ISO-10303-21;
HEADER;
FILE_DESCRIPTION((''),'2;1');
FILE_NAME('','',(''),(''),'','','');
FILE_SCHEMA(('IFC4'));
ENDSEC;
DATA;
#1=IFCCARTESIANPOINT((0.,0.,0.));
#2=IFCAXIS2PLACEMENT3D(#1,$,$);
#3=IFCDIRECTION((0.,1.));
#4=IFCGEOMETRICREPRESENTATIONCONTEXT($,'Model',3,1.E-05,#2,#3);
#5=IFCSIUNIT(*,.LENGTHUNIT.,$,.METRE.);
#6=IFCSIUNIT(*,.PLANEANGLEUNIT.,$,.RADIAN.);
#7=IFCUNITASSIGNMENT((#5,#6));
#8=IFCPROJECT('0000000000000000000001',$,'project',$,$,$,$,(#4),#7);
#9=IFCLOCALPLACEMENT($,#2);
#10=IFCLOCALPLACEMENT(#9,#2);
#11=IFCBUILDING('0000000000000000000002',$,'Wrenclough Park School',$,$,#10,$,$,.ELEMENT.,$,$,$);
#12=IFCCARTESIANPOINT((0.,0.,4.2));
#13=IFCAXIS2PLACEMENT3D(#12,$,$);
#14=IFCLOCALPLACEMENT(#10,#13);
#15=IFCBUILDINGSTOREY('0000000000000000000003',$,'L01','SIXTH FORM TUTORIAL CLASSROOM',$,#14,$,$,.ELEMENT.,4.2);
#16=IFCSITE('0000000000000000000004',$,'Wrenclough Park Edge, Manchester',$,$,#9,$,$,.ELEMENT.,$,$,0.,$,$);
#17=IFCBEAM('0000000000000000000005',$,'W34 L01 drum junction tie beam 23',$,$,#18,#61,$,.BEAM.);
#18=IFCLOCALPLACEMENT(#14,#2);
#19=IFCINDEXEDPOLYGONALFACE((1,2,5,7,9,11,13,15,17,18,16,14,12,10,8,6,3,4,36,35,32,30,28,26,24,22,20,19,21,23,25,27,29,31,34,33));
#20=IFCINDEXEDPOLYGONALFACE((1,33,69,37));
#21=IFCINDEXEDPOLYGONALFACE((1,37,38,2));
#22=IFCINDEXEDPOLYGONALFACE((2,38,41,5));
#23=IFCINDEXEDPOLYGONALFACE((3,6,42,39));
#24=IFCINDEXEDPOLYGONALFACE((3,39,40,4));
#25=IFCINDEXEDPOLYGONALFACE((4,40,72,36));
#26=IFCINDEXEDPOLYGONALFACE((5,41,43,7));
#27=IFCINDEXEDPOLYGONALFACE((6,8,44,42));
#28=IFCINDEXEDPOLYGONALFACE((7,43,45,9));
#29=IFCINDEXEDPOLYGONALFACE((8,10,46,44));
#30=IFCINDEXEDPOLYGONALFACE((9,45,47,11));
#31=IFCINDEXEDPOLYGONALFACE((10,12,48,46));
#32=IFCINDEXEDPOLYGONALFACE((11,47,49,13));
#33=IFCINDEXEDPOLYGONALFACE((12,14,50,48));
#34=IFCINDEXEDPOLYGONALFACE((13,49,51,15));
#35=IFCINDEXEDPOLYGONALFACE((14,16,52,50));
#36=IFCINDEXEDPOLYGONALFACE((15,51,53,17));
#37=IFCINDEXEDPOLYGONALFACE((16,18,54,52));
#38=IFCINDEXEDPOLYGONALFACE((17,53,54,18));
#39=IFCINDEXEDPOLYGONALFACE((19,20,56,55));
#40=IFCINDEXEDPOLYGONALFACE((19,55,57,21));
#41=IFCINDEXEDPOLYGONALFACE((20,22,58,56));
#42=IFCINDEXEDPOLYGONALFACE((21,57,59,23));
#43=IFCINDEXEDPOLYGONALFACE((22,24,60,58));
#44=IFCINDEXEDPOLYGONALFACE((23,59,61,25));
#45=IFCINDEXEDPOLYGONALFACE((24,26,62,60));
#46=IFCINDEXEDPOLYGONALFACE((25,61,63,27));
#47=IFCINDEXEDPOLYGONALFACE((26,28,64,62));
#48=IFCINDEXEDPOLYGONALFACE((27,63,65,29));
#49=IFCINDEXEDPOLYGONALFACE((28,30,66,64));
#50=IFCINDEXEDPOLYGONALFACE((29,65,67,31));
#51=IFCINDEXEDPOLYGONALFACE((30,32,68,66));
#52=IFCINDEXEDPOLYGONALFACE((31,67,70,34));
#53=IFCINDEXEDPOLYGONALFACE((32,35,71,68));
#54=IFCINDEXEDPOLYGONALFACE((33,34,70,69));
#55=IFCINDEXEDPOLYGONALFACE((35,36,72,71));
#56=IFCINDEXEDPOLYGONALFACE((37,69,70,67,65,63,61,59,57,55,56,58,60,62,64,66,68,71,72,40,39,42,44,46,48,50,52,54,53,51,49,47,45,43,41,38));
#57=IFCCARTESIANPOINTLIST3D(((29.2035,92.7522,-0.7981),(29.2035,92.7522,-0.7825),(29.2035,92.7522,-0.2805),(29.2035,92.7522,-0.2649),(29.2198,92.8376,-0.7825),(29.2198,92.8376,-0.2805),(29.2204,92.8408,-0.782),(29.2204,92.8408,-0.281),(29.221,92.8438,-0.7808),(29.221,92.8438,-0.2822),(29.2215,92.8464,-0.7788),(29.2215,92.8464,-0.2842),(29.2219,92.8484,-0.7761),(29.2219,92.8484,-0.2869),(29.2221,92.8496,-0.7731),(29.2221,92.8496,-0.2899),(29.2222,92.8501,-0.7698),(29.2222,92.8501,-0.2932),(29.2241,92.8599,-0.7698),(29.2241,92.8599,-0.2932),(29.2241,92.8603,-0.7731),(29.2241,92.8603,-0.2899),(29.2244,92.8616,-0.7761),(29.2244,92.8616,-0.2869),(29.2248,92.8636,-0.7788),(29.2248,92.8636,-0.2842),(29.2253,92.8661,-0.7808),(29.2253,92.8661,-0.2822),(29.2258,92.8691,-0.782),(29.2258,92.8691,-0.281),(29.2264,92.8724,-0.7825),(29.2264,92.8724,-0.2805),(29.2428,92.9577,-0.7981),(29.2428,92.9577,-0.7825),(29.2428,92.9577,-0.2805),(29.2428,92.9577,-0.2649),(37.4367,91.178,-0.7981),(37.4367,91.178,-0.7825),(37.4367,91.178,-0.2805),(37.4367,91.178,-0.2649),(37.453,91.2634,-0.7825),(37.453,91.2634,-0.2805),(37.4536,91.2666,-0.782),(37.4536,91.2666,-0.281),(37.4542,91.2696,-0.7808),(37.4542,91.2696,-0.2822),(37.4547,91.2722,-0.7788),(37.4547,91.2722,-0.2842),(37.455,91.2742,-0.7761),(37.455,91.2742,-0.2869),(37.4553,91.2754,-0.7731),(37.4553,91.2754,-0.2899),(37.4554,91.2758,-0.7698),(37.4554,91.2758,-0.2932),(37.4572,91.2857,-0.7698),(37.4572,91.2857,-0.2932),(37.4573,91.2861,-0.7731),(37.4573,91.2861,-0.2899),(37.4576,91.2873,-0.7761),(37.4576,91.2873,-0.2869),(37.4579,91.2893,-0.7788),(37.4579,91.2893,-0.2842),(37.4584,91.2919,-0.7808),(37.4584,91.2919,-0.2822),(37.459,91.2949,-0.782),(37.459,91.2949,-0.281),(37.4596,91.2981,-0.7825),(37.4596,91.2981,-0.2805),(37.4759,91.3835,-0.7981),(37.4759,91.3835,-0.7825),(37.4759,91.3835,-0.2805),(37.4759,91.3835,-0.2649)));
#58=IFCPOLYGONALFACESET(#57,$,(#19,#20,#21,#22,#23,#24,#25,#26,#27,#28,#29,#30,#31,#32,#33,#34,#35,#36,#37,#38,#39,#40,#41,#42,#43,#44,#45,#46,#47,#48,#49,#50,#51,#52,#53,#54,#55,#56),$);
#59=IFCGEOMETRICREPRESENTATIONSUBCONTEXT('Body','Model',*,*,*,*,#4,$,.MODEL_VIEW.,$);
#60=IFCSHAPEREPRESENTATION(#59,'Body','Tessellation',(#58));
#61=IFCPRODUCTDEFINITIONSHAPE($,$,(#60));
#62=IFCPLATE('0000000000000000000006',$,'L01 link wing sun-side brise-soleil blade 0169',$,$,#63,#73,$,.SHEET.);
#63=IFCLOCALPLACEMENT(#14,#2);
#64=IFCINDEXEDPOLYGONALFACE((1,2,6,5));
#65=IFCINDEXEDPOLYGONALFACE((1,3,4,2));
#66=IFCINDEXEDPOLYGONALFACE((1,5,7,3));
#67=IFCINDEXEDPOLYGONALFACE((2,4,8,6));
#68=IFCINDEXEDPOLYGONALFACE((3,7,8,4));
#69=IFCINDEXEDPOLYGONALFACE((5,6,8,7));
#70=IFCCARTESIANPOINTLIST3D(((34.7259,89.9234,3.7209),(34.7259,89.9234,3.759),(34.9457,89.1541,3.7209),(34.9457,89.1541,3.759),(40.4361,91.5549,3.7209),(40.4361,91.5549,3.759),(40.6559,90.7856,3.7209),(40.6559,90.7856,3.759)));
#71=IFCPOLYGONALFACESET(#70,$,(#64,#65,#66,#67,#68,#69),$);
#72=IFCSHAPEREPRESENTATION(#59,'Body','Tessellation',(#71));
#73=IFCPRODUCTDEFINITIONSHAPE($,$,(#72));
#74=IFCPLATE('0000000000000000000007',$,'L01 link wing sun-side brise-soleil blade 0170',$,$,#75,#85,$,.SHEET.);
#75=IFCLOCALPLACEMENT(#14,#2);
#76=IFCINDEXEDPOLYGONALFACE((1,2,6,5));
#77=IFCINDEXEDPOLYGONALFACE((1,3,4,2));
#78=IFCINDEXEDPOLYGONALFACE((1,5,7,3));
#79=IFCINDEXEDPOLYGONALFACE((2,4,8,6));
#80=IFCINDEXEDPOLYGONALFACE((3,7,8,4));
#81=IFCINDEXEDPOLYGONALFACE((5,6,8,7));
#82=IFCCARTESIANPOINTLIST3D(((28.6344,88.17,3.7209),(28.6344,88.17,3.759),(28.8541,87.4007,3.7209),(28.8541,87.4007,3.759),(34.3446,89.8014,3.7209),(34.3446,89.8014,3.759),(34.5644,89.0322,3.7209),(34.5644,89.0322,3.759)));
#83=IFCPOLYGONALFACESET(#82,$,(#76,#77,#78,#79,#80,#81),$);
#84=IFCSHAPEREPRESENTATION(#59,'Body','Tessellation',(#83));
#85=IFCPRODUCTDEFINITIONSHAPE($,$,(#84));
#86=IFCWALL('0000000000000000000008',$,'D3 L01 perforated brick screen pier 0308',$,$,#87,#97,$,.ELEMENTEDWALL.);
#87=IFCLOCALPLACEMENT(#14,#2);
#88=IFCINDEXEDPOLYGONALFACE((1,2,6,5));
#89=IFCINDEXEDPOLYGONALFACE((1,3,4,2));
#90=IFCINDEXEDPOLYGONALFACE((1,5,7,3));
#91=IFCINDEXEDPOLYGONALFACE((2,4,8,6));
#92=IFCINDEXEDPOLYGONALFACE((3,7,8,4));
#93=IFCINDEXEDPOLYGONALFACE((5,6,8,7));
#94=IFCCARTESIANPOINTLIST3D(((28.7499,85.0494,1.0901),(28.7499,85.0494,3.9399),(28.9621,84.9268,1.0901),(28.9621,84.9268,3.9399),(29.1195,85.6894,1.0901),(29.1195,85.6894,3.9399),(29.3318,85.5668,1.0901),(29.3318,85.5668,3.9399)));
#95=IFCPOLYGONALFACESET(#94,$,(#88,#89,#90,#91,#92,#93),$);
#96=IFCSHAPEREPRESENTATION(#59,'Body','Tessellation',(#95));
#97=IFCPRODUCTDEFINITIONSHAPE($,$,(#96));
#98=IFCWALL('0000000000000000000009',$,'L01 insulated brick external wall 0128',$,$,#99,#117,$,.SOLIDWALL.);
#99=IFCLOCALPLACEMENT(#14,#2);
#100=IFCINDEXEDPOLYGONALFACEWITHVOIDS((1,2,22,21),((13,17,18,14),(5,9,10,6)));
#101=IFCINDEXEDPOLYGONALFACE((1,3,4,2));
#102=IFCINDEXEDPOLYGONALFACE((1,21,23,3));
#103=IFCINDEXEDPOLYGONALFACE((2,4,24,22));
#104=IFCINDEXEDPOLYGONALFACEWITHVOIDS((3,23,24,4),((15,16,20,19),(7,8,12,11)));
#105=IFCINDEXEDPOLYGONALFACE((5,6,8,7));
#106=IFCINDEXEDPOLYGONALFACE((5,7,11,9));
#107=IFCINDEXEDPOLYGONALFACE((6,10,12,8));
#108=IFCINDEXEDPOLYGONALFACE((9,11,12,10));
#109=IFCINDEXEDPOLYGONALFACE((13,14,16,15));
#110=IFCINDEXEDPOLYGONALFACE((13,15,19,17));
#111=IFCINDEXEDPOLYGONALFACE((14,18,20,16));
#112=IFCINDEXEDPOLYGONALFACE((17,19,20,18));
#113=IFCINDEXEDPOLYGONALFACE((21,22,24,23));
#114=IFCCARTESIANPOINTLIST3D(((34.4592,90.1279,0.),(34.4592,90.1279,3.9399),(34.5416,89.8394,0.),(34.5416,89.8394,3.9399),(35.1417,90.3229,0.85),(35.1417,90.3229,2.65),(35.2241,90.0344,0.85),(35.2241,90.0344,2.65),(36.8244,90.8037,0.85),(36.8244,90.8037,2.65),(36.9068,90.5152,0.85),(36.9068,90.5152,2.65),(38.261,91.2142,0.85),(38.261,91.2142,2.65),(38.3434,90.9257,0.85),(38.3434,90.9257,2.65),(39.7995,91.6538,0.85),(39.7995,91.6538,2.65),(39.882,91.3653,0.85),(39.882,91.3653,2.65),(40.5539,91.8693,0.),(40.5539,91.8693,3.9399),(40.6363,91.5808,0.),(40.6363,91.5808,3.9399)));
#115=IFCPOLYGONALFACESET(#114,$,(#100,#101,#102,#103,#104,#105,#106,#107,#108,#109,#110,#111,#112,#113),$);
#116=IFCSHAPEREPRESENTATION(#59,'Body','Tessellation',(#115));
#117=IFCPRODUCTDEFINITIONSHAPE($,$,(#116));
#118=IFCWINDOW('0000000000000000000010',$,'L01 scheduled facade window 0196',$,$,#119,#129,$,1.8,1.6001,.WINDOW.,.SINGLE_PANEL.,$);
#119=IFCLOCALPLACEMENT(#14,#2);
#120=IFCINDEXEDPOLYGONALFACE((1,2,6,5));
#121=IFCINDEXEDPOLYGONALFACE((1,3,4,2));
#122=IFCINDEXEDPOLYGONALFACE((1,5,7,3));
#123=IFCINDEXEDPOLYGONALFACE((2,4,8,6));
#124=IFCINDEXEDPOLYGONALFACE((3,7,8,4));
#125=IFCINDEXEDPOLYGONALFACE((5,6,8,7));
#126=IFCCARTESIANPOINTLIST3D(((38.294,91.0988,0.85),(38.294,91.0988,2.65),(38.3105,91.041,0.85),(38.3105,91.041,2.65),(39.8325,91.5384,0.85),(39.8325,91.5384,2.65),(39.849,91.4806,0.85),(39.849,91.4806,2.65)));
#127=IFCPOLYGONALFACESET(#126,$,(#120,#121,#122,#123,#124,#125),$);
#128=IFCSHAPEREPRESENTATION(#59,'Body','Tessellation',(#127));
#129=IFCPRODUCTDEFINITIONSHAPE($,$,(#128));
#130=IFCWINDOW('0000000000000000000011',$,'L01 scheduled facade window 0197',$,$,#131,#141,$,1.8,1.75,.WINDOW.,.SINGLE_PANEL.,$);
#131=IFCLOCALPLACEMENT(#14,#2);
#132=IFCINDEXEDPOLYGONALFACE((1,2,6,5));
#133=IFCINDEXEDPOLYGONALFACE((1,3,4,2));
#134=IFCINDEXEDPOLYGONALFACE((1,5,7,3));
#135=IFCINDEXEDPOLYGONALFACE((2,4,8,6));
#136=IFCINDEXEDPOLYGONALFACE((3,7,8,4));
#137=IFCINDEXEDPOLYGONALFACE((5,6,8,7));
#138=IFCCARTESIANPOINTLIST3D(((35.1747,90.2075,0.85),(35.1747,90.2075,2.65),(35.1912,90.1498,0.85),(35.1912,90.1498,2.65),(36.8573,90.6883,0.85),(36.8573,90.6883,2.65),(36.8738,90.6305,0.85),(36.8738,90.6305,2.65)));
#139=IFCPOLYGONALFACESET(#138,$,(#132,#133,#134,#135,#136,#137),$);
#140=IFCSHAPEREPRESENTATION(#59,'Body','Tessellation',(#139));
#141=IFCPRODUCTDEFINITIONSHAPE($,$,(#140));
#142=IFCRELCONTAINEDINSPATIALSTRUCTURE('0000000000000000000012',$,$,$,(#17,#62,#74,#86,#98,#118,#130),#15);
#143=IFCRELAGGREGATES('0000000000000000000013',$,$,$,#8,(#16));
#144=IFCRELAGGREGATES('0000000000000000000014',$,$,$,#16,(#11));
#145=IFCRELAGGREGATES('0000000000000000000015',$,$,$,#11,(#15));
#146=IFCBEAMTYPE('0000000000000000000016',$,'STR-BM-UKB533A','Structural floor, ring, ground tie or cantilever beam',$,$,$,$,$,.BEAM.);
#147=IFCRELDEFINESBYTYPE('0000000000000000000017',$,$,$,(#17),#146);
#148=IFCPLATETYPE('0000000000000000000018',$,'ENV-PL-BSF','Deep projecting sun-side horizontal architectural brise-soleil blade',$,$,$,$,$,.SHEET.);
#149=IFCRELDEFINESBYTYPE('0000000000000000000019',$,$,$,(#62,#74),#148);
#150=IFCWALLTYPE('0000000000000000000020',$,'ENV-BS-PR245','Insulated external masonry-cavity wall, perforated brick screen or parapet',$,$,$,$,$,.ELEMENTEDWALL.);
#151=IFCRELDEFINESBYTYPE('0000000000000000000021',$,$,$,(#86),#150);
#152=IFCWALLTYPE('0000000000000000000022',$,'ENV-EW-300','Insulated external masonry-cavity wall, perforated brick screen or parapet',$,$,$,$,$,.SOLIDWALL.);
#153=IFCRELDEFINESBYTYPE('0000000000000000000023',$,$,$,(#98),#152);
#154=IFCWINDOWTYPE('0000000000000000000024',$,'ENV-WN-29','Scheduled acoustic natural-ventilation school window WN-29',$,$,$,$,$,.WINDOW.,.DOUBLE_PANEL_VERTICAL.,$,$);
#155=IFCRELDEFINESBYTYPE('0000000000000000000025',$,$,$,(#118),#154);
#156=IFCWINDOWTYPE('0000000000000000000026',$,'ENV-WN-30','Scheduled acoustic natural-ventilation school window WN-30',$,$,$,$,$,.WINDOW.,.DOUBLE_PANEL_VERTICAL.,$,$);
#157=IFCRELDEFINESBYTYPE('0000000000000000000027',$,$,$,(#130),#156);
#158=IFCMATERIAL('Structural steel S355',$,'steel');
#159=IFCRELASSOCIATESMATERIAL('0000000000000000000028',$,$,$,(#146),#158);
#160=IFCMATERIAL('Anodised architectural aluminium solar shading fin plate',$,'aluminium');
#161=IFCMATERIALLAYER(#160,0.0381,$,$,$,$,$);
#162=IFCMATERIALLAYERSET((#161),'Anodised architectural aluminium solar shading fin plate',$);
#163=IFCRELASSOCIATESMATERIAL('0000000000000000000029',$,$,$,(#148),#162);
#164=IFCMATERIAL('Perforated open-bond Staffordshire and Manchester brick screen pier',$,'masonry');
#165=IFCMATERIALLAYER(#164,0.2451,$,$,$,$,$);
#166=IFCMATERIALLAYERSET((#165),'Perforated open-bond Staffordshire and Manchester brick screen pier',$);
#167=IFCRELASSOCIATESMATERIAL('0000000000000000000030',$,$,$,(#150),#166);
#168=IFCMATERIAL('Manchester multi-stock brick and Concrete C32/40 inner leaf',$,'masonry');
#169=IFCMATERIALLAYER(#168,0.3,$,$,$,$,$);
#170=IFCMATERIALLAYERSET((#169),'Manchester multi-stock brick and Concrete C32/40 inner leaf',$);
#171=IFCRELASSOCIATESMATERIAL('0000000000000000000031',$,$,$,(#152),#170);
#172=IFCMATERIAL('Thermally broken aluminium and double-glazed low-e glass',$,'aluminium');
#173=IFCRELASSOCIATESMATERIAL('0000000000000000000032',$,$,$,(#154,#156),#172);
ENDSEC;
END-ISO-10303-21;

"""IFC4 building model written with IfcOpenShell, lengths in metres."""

from ifc_helpers import new_model, si_unit, direction, frame, frame_2d, origin, origin_2d, place, context, subcontext, project, spatial, rectangle, i_section, extrude, material, layer, layer_set, material_profile, profile_set, type_object, element, fill, save


model = new_model("IFC4")

# Units and contexts
model_context = context("Model", 3, precision=1e-05, world=origin(), true_north=direction((0.0, 1.0)))
body_context = subcontext(model_context, "Body", "Model", "MODEL_VIEW")
ifc_project = project(units=[si_unit("LENGTHUNIT", "METRE"), si_unit("PLANEANGLEUNIT", "RADIAN")], contexts=[model_context])

# Site, building, storey
site_placement = place(None, origin())
site = spatial("IfcSite", under=ifc_project, at=site_placement, Name="Wrenclough Park Edge, Manchester", CompositionType="ELEMENT", RefElevation=0.0)
building_placement = place(site_placement, origin())
building = spatial("IfcBuilding", under=site, at=building_placement, Name="Wrenclough Park School", CompositionType="ELEMENT")
storey_placement = place(building_placement, frame((0.0, 0.0, 4.2)))
storey = spatial("IfcBuildingStorey", under=building, at=storey_placement, Name="L01", Description="SIXTH FORM TUTORIAL CLASSROOM", CompositionType="ELEMENT", Elevation=4.2)

# Shared definitions
ifc_material_1 = material(Name="Structural steel S355", Category="steel")

# Beam
ifc_material_profile_1 = material_profile(ifc_material_1, i_section(OverallWidth=0.2092, OverallDepth=0.5332, WebThickness=0.01, FlangeThickness=0.0156, FilletRadius=0.0127, at=origin_2d()), Name="UKB 533x210x92")
ifc_profile_set_1 = profile_set([ifc_material_profile_1], Name="Structural steel S355")
beam_type_1 = type_object("IfcBeamType", Name="STR-BM-UKB533A", Description="Structural floor, ring, ground tie or cantilever beam", PredefinedType="BEAM", material=ifc_profile_set_1)
beam_1_placement = place(storey_placement, frame((37.4563, 91.2808, -0.5315), z_axis=(-0.982207, 0.187803, 0.0), x_axis=(-0.187803, -0.982207, 0.0)))
element("IfcBeam", 1, at=beam_1_placement, inside=storey, type_object=beam_type_1, Name="W34 L01 drum junction tie beam 23", PredefinedType="BEAM", context=body_context, shape_type="SweptSolid", body=[
    extrude(i_section(OverallWidth=0.2092, OverallDepth=0.5332, WebThickness=0.01, FlangeThickness=0.0156, FilletRadius=0.0127, at=origin_2d()), origin(), (0.0, 0.0, 1.0), 8.3823),
])

# Plates
ifc_material_2 = material(Name="Anodised architectural aluminium solar shading fin plate", Category="aluminium")
ifc_layer_1 = layer(ifc_material_2, 0.0381)
ifc_layer_set_1 = layer_set([ifc_layer_1], Name="Anodised architectural aluminium solar shading fin plate")
plate_type = type_object("IfcPlateType", Name="ENV-PL-BSF", Description="Deep projecting sun-side horizontal architectural brise-soleil blade", PredefinedType="SHEET", material=ifc_layer_set_1)
for number, where, z_axis, x_axis, name in (
    (2, (37.6909, 90.3545, 3.7209), (0.0, 0.0, 1.0), (-0.961523, -0.274725, 0.0), "L01 link wing sun-side brise-soleil blade 0169"),
    (3, (31.5994, 88.6011, 3.7209), (0.0, 0.0, 1.0), (-0.961526, -0.274715, 0.0), "L01 link wing sun-side brise-soleil blade 0170"),
):
    element("IfcPlate", number, at=place(storey_placement, frame(where, z_axis=z_axis, x_axis=x_axis)), inside=storey, type_object=plate_type, Name=name, PredefinedType="SHEET", context=body_context, shape_type="SweptSolid", body=[
        extrude(rectangle(XDim=5.9387, YDim=0.8, at=origin_2d()), origin(), (0.0, 0.0, 1.0), 0.0381),
    ])

# Wall
ifc_material_3 = material(Name="Perforated open-bond Staffordshire and Manchester brick screen pier", Category="masonry")
ifc_layer_2 = layer(ifc_material_3, 0.2451)
ifc_layer_set_2 = layer_set([ifc_layer_2], Name="Perforated open-bond Staffordshire and Manchester brick screen pier")
wall_type_1 = type_object("IfcWallType", Name="ENV-BS-PR245", Description="Insulated external masonry-cavity wall, perforated brick screen or parapet", PredefinedType="ELEMENTEDWALL", material=ifc_layer_set_2)
wall_1_placement = place(storey_placement, frame((28.856, 84.988, 1.0901), z_axis=(0.0, 0.0, 1.0), x_axis=(0.50019, 0.865916, 0.0)))
element("IfcWall", 4, at=wall_1_placement, inside=storey, type_object=wall_type_1, Name="D3 L01 perforated brick screen pier 0308", PredefinedType="ELEMENTEDWALL", context=body_context, shape_type="SweptSolid", body=[
    extrude(rectangle(XDim=0.739, YDim=0.2451, at=frame_2d((0.3696, 0.0))), origin(), (0.0, 0.0, 1.0), 2.8499),
])

# Wall, openings, windows
ifc_material_4 = material(Name="Manchester multi-stock brick and Concrete C32/40 inner leaf", Category="masonry")
ifc_layer_3 = layer(ifc_material_4, 0.3)
ifc_layer_set_3 = layer_set([ifc_layer_3], Name="Manchester multi-stock brick and Concrete C32/40 inner leaf")
wall_type_2 = type_object("IfcWallType", Name="ENV-EW-300", Description="Insulated external masonry-cavity wall, perforated brick screen or parapet", PredefinedType="SOLIDWALL", material=ifc_layer_set_3)
wall_2_placement = place(storey_placement, frame((40.5952, 91.7251, 0.0), z_axis=(0.0, 0.0, 1.0), x_axis=(-0.96152, -0.274736, 0.0)))
wall_2 = element("IfcWall", 5, at=wall_2_placement, inside=storey, type_object=wall_type_2, Name="L01 insulated brick external wall 0128", PredefinedType="SOLIDWALL", context=body_context, shape_type="SweptSolid", body=[
    extrude(rectangle(XDim=6.3386, YDim=0.3, at=frame_2d((3.1694, 0.0))), origin(), (0.0, 0.0, 1.0), 3.9399),
])
opening_1_placement = place(wall_2_placement, frame((0.7847, 0.0, 0.8501)))
opening_1 = element("IfcOpeningElement", 6, at=opening_1_placement, cuts=wall_2, PredefinedType="OPENING", context=body_context, shape_type="SweptSolid", body=[
    extrude(rectangle(XDim=1.6001, YDim=1.8, at=frame_2d((0.8, 0.8999))), frame((0.0, 0.1599, 0.0), z_axis=(0.0, -1.0, 0.0), x_axis=(1.0, 0.0, 0.0)), (0.0, 0.0, 1.0), 0.3201),
])
opening_2_placement = place(wall_2_placement, frame((3.8789, 0.0, 0.8501)))
opening_2 = element("IfcOpeningElement", 7, at=opening_2_placement, cuts=wall_2, PredefinedType="OPENING", context=body_context, shape_type="SweptSolid", body=[
    extrude(rectangle(XDim=1.75, YDim=1.8, at=frame_2d((0.875, 0.8999))), frame((0.0, 0.1599, 0.0), z_axis=(0.0, -1.0, 0.0), x_axis=(1.0, 0.0, 0.0)), (0.0, 0.0, 1.0), 0.3201),
])
ifc_material_5 = material(Name="Thermally broken aluminium and double-glazed low-e glass", Category="aluminium")
window_type_1 = type_object("IfcWindowType", Name="ENV-WN-29", Description="Scheduled acoustic natural-ventilation school window WN-29", PartitioningType="DOUBLE_PANEL_VERTICAL", PredefinedType="WINDOW", material=ifc_material_5)
window_1_placement = place(opening_1_placement, origin())
window_1 = element("IfcWindow", 8, at=window_1_placement, inside=storey, type_object=window_type_1, Name="L01 scheduled facade window 0196", OverallHeight=1.8, OverallWidth=1.6001, PartitioningType="SINGLE_PANEL", PredefinedType="WINDOW", context=body_context, shape_type="SweptSolid", body=[
    extrude(rectangle(XDim=1.6001, YDim=1.8, at=frame_2d((0.8, 0.8999))), frame((0.0, 0.03, 0.0), z_axis=(0.0, -1.0, 0.0), x_axis=(1.0, 0.0, 0.0)), (0.0, 0.0, 1.0), 0.0601),
])
fill(opening_1, window_1)
window_type_2 = type_object("IfcWindowType", Name="ENV-WN-30", Description="Scheduled acoustic natural-ventilation school window WN-30", PartitioningType="DOUBLE_PANEL_VERTICAL", PredefinedType="WINDOW", material=ifc_material_5)
window_2_placement = place(opening_2_placement, origin())
window_2 = element("IfcWindow", 9, at=window_2_placement, inside=storey, type_object=window_type_2, Name="L01 scheduled facade window 0197", OverallHeight=1.8, OverallWidth=1.75, PartitioningType="SINGLE_PANEL", PredefinedType="WINDOW", context=body_context, shape_type="SweptSolid", body=[
    extrude(rectangle(XDim=1.75, YDim=1.8, at=frame_2d((0.875, 0.8999))), frame((0.0, 0.03, 0.0), z_axis=(0.0, -1.0, 0.0), x_axis=(1.0, 0.0, 0.0)), (0.0, 0.0, 1.0), 0.0601),
])
fill(opening_2, window_2)

save(model, "model.ifc")
